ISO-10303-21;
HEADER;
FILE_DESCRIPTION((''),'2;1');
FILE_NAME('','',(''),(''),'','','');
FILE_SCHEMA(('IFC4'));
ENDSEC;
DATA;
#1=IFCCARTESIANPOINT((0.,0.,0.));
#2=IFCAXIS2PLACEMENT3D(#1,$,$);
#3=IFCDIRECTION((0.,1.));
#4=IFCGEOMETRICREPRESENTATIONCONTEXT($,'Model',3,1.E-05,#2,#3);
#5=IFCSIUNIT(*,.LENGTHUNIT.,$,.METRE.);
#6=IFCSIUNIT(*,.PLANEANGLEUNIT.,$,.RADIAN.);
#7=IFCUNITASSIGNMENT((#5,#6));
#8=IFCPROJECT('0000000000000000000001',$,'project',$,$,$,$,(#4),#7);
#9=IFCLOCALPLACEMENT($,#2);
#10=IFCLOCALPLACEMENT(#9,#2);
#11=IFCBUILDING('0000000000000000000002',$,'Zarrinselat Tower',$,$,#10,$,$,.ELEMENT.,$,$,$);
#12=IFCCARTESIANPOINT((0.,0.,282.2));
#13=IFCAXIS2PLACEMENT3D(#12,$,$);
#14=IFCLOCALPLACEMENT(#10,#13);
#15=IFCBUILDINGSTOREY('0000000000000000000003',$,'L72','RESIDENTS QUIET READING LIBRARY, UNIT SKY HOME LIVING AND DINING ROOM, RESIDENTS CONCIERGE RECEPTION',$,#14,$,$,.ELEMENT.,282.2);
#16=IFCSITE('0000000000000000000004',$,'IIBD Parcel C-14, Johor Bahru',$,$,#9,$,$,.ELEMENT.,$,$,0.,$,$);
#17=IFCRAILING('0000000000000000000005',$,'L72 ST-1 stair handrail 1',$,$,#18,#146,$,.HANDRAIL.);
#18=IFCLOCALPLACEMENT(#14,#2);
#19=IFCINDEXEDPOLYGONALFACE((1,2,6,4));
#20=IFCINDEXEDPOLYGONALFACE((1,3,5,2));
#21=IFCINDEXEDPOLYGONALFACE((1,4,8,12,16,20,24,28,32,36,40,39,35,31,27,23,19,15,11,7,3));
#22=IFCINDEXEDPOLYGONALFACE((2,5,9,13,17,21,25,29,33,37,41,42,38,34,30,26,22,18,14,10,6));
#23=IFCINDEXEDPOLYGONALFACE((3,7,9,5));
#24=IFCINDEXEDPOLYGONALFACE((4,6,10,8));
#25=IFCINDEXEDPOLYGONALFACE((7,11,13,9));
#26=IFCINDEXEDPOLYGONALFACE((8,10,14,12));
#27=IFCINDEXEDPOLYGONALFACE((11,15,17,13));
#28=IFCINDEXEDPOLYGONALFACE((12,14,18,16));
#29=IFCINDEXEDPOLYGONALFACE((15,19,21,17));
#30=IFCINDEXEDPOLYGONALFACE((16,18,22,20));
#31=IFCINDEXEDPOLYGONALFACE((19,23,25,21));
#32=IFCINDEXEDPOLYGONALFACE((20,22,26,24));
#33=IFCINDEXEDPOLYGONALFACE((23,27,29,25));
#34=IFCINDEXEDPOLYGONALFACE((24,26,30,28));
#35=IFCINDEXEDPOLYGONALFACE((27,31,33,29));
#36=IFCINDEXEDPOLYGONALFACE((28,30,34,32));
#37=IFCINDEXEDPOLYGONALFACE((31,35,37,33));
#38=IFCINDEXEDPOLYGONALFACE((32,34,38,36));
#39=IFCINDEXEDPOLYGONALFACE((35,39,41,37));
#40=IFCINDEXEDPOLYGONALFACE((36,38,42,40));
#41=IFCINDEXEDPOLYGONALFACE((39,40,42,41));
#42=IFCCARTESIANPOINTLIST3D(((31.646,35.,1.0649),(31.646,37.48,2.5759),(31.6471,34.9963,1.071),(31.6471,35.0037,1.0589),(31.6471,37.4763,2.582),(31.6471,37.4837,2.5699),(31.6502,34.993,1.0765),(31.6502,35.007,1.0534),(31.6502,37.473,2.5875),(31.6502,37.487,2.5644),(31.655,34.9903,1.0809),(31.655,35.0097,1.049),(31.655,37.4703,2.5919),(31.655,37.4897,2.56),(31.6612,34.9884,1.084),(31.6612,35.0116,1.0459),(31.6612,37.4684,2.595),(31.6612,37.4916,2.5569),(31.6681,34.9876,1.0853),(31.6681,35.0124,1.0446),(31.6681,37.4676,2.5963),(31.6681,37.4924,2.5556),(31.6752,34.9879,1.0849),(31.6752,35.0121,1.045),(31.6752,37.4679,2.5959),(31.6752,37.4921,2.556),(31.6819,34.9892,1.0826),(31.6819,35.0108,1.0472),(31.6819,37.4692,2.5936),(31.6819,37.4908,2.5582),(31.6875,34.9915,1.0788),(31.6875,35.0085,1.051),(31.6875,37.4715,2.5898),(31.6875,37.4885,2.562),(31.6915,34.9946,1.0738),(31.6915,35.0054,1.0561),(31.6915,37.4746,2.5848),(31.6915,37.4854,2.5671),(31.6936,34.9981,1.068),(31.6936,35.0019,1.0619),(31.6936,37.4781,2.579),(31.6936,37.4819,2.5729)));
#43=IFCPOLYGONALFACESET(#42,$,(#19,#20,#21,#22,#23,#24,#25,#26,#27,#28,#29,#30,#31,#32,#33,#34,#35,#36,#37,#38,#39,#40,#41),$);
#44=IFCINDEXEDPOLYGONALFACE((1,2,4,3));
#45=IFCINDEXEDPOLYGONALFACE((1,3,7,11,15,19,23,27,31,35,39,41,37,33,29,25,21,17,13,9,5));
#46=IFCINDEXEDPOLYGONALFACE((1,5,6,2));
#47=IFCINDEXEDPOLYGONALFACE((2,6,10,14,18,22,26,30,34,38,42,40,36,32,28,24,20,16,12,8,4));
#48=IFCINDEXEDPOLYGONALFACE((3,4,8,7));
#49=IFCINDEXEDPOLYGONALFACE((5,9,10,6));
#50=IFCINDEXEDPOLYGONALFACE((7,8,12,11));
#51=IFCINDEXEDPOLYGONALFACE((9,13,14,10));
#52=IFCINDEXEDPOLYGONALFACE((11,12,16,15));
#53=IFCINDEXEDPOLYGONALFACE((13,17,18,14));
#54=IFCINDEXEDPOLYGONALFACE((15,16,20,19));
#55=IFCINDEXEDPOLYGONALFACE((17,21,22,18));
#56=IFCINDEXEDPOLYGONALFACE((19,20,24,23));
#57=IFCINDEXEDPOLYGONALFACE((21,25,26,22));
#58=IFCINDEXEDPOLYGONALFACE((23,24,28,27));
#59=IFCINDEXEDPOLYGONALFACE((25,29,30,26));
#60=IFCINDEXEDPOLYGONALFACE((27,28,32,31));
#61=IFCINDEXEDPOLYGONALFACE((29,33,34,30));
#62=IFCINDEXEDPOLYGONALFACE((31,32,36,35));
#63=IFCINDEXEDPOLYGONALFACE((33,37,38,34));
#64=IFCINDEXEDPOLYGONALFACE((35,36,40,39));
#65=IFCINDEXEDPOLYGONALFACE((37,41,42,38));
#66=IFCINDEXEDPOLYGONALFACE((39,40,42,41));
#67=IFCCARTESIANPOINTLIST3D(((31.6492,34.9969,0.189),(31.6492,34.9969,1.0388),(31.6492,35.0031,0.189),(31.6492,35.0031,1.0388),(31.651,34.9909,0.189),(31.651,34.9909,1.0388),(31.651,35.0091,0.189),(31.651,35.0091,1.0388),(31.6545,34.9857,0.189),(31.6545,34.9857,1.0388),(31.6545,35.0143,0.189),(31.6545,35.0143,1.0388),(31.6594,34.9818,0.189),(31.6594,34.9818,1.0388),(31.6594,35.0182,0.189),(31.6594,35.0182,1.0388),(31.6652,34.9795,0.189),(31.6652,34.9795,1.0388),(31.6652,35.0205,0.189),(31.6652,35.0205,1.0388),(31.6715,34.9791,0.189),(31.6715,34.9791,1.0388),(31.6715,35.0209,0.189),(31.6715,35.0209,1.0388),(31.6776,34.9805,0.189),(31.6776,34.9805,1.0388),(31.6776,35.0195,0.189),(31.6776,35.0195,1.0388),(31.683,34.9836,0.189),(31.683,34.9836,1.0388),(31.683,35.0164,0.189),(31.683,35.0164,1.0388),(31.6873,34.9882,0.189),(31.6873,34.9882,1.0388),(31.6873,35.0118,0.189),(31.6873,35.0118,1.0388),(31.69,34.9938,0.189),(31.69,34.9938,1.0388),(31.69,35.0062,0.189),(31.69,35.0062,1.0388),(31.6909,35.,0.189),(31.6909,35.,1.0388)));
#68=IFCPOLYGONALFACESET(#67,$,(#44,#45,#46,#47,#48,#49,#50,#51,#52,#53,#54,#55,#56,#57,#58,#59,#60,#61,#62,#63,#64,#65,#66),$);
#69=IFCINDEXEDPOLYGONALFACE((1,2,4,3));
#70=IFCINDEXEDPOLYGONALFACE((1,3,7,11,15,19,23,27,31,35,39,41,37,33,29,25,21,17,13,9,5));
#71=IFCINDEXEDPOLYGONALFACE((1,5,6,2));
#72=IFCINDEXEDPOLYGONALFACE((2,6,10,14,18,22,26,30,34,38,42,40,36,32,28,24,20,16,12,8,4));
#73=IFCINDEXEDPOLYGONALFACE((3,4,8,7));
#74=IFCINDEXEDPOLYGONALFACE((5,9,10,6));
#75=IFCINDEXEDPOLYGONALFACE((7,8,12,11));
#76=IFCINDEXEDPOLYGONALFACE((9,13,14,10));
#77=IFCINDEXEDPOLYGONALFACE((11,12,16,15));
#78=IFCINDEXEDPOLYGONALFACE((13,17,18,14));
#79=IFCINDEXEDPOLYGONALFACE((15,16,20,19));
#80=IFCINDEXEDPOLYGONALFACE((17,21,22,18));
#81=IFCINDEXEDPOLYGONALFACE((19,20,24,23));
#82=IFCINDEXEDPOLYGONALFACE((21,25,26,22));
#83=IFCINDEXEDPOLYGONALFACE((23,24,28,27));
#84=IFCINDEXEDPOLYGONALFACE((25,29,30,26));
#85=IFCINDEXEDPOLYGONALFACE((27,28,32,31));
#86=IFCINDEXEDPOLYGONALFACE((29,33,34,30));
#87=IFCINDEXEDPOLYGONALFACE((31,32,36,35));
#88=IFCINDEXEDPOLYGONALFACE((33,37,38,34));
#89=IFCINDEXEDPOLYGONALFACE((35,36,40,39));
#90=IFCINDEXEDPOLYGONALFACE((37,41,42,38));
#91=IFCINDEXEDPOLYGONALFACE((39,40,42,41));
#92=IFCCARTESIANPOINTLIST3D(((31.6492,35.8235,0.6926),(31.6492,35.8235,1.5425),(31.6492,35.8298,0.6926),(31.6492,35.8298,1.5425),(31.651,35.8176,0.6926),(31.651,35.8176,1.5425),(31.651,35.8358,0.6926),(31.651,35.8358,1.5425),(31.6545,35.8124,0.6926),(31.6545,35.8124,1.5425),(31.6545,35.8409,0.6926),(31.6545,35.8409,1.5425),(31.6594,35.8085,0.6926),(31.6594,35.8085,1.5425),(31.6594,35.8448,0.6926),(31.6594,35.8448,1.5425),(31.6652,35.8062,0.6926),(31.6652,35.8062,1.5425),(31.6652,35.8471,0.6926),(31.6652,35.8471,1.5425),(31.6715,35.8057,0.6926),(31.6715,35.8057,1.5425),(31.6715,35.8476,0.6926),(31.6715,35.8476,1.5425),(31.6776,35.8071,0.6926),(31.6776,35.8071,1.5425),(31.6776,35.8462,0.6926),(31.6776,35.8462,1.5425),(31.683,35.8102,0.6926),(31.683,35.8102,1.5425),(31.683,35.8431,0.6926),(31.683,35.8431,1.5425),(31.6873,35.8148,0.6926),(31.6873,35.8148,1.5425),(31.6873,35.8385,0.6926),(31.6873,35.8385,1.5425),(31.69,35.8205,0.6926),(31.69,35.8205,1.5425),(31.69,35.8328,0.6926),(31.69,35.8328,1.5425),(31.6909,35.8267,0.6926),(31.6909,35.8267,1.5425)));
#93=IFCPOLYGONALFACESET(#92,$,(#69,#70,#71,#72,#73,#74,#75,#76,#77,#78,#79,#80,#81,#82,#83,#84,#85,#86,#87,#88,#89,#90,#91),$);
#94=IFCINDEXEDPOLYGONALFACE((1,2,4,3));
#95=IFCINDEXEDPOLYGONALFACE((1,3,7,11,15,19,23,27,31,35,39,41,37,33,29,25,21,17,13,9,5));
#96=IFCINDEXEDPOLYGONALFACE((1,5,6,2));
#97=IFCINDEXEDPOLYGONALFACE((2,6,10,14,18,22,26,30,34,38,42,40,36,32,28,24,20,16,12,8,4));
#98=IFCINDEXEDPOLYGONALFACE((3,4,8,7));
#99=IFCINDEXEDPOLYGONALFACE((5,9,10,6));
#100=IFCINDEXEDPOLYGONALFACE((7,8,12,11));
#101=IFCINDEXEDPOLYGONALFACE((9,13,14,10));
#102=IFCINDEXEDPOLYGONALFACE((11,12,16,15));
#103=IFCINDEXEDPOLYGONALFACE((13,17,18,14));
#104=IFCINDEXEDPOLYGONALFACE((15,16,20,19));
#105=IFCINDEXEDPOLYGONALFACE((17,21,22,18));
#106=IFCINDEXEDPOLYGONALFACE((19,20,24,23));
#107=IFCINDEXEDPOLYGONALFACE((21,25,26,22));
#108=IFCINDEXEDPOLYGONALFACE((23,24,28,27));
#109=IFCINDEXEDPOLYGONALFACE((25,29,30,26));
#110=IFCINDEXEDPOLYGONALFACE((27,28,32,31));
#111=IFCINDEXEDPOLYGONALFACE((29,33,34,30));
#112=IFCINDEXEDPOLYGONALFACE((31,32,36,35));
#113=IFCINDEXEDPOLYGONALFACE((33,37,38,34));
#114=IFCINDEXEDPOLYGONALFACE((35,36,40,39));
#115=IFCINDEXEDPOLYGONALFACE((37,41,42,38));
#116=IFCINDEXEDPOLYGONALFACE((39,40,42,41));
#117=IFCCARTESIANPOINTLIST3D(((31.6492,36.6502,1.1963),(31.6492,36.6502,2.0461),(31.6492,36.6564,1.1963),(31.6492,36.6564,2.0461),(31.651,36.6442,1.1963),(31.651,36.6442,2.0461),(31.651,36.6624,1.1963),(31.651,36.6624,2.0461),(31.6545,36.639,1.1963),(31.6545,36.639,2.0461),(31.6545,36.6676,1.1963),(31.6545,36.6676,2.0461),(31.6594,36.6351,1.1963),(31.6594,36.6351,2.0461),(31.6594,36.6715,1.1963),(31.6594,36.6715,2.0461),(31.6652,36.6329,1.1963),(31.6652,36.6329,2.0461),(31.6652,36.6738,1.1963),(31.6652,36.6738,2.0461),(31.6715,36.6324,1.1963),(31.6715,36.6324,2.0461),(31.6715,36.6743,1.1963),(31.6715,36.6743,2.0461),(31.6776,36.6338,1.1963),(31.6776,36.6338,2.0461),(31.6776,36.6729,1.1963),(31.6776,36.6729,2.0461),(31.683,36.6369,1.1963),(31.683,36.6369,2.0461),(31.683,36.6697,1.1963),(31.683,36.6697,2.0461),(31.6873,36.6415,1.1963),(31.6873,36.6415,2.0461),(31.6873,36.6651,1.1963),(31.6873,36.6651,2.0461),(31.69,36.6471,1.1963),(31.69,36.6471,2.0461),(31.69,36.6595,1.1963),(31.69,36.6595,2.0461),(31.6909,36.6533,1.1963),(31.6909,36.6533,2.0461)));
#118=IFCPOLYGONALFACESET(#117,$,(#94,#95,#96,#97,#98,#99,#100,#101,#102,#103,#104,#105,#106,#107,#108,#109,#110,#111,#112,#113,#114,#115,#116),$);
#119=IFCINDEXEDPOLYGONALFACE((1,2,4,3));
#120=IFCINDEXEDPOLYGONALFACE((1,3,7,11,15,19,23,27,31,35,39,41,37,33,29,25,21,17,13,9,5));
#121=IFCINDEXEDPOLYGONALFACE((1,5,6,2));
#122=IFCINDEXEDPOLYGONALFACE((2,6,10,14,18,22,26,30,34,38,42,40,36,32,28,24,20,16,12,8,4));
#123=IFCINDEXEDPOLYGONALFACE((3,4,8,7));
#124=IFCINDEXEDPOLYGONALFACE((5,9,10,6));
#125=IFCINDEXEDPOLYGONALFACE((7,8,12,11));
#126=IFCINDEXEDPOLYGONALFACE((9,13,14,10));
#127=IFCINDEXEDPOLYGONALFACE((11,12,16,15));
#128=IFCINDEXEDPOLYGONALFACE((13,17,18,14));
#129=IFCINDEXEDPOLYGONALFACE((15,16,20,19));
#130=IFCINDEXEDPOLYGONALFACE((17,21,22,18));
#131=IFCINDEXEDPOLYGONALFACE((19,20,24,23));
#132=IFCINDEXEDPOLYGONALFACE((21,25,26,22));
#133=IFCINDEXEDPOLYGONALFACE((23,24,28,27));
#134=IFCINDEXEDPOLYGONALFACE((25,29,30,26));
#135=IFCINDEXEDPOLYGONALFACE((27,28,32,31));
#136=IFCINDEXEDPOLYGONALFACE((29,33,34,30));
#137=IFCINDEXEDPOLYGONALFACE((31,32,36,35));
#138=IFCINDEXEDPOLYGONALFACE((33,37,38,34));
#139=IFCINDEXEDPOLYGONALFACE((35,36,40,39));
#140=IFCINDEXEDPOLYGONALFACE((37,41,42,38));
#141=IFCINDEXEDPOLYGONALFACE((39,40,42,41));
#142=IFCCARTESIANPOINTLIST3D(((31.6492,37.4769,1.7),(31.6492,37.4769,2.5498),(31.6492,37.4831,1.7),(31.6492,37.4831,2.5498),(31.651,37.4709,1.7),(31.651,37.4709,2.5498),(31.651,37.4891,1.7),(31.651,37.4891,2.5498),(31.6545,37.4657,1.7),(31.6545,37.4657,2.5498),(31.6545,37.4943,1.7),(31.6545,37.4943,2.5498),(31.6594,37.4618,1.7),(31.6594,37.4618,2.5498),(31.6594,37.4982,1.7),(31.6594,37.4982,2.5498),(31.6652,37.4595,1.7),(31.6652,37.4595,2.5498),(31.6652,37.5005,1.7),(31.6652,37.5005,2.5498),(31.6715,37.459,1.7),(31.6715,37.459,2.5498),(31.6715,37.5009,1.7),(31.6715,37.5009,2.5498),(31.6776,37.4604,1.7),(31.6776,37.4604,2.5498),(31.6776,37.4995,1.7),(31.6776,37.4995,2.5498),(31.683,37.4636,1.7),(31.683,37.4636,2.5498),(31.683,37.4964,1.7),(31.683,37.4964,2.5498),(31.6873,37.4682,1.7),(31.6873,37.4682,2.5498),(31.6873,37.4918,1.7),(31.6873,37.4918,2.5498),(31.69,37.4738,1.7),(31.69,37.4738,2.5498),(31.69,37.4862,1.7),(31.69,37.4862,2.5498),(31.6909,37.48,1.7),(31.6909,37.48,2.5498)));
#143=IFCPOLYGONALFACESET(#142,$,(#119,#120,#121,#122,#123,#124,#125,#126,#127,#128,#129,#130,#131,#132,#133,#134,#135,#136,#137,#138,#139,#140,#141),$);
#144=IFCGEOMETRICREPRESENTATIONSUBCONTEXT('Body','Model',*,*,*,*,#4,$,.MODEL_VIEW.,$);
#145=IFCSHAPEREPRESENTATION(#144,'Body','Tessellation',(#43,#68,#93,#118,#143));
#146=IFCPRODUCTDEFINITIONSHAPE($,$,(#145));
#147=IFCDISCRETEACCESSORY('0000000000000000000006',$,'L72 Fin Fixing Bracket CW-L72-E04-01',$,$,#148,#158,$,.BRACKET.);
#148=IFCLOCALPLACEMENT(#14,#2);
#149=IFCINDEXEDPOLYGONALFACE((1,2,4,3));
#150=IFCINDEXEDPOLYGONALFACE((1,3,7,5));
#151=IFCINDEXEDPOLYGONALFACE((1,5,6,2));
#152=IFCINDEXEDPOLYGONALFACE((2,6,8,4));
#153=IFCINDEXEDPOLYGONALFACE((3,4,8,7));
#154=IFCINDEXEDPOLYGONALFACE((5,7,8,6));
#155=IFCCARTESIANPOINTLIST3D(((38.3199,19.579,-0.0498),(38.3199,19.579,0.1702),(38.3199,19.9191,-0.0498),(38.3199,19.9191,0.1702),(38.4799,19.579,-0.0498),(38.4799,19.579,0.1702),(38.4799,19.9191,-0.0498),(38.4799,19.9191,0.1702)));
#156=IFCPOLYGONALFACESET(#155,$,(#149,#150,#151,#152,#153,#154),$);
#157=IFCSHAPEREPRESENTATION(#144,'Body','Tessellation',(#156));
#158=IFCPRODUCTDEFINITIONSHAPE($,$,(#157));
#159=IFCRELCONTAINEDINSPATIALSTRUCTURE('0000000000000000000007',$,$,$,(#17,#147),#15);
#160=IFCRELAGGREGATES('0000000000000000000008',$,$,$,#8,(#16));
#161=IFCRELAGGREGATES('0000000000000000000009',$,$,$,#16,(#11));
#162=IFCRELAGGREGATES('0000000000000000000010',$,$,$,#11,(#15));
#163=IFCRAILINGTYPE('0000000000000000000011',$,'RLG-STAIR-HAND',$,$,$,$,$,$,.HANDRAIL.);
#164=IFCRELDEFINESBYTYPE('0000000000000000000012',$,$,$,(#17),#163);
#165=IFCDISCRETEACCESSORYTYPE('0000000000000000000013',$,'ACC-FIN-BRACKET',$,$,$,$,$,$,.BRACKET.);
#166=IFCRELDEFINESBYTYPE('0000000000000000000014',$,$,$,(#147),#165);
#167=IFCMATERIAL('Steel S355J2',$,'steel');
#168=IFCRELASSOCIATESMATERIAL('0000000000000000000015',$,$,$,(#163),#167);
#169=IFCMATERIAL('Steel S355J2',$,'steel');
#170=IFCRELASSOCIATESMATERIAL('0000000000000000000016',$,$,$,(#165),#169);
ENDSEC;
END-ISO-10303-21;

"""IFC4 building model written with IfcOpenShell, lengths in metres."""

from ifc_helpers import new_model, si_unit, direction, frame, origin, origin_2d, place, context, subcontext, project, spatial, rectangle, circle, extrude, material, type_object, element, save


model = new_model("IFC4")

# Units and contexts
model_context = context("Model", 3, precision=1e-05, world=origin(), true_north=direction((0.0, 1.0)))
body_context = subcontext(model_context, "Body", "Model", "MODEL_VIEW")
ifc_project = project(units=[si_unit("LENGTHUNIT", "METRE"), si_unit("PLANEANGLEUNIT", "RADIAN")], contexts=[model_context])

# Site, building, storey
site_placement = place(None, origin())
site = spatial("IfcSite", under=ifc_project, at=site_placement, Name="IIBD Parcel C-14, Johor Bahru", CompositionType="ELEMENT", RefElevation=0.0)
building_placement = place(site_placement, origin())
building = spatial("IfcBuilding", under=site, at=building_placement, Name="Zarrinselat Tower", CompositionType="ELEMENT")
storey_placement = place(building_placement, frame((0.0, 0.0, 282.2)))
storey = spatial("IfcBuildingStorey", under=building, at=storey_placement, Name="L72", Description="RESIDENTS QUIET READING LIBRARY, UNIT SKY HOME LIVING AND DINING ROOM, RESIDENTS CONCIERGE RECEPTION", CompositionType="ELEMENT", Elevation=282.2)

# Railing
ifc_material_1 = material(Name="Steel S355J2", Category="steel")
railing_type_1 = type_object("IfcRailingType", Name="RLG-STAIR-HAND", PredefinedType="HANDRAIL", material=ifc_material_1)
railing_1_placement = place(storey_placement, frame((31.6699, 35.0, 0.189)))
element("IfcRailing", 1, at=railing_1_placement, inside=storey, type_object=railing_type_1, Name="L72 ST-1 stair handrail 1", PredefinedType="HANDRAIL", context=body_context, shape_type="SweptSolid", body=[
    extrude(circle(Radius=0.0239, at=origin_2d()), frame((0.0, 0.0, 0.876), z_axis=(0.0, 0.853979, 0.520307), x_axis=(-1.0, 0.0, 0.0)), (0.0, 0.0, 1.0), 2.9041),
    extrude(circle(Radius=0.021, at=origin_2d()), origin(), (0.0, 0.0, 1.0), 0.8499),
    extrude(circle(Radius=0.021, at=origin_2d()), frame((0.0, 0.8267, 0.5037)), (0.0, 0.0, 1.0), 0.8499),
    extrude(circle(Radius=0.021, at=origin_2d()), frame((0.0, 1.6533, 1.0073)), (0.0, 0.0, 1.0), 0.8499),
    extrude(circle(Radius=0.021, at=origin_2d()), frame((0.0, 2.48, 1.511)), (0.0, 0.0, 1.0), 0.8499),
])

# Discrete accessory
ifc_material_2 = material(Name="Steel S355J2", Category="steel")
discrete_accessory_type = type_object("IfcDiscreteAccessoryType", Name="ACC-FIN-BRACKET", PredefinedType="BRACKET", material=ifc_material_2)
discrete_accessory_placement = place(storey_placement, frame((38.3999, 19.749, -0.0498), z_axis=(0.0, 0.0, 1.0), x_axis=(0.0, -1.0, 0.0)))
element("IfcDiscreteAccessory", 2, at=discrete_accessory_placement, inside=storey, type_object=discrete_accessory_type, Name="L72 Fin Fixing Bracket CW-L72-E04-01", PredefinedType="BRACKET", context=body_context, shape_type="SweptSolid", body=[
    extrude(rectangle(XDim=0.3401, YDim=0.1599, at=origin_2d()), origin(), (0.0, 0.0, 1.0), 0.22),
])

save(model, "model.ifc")
